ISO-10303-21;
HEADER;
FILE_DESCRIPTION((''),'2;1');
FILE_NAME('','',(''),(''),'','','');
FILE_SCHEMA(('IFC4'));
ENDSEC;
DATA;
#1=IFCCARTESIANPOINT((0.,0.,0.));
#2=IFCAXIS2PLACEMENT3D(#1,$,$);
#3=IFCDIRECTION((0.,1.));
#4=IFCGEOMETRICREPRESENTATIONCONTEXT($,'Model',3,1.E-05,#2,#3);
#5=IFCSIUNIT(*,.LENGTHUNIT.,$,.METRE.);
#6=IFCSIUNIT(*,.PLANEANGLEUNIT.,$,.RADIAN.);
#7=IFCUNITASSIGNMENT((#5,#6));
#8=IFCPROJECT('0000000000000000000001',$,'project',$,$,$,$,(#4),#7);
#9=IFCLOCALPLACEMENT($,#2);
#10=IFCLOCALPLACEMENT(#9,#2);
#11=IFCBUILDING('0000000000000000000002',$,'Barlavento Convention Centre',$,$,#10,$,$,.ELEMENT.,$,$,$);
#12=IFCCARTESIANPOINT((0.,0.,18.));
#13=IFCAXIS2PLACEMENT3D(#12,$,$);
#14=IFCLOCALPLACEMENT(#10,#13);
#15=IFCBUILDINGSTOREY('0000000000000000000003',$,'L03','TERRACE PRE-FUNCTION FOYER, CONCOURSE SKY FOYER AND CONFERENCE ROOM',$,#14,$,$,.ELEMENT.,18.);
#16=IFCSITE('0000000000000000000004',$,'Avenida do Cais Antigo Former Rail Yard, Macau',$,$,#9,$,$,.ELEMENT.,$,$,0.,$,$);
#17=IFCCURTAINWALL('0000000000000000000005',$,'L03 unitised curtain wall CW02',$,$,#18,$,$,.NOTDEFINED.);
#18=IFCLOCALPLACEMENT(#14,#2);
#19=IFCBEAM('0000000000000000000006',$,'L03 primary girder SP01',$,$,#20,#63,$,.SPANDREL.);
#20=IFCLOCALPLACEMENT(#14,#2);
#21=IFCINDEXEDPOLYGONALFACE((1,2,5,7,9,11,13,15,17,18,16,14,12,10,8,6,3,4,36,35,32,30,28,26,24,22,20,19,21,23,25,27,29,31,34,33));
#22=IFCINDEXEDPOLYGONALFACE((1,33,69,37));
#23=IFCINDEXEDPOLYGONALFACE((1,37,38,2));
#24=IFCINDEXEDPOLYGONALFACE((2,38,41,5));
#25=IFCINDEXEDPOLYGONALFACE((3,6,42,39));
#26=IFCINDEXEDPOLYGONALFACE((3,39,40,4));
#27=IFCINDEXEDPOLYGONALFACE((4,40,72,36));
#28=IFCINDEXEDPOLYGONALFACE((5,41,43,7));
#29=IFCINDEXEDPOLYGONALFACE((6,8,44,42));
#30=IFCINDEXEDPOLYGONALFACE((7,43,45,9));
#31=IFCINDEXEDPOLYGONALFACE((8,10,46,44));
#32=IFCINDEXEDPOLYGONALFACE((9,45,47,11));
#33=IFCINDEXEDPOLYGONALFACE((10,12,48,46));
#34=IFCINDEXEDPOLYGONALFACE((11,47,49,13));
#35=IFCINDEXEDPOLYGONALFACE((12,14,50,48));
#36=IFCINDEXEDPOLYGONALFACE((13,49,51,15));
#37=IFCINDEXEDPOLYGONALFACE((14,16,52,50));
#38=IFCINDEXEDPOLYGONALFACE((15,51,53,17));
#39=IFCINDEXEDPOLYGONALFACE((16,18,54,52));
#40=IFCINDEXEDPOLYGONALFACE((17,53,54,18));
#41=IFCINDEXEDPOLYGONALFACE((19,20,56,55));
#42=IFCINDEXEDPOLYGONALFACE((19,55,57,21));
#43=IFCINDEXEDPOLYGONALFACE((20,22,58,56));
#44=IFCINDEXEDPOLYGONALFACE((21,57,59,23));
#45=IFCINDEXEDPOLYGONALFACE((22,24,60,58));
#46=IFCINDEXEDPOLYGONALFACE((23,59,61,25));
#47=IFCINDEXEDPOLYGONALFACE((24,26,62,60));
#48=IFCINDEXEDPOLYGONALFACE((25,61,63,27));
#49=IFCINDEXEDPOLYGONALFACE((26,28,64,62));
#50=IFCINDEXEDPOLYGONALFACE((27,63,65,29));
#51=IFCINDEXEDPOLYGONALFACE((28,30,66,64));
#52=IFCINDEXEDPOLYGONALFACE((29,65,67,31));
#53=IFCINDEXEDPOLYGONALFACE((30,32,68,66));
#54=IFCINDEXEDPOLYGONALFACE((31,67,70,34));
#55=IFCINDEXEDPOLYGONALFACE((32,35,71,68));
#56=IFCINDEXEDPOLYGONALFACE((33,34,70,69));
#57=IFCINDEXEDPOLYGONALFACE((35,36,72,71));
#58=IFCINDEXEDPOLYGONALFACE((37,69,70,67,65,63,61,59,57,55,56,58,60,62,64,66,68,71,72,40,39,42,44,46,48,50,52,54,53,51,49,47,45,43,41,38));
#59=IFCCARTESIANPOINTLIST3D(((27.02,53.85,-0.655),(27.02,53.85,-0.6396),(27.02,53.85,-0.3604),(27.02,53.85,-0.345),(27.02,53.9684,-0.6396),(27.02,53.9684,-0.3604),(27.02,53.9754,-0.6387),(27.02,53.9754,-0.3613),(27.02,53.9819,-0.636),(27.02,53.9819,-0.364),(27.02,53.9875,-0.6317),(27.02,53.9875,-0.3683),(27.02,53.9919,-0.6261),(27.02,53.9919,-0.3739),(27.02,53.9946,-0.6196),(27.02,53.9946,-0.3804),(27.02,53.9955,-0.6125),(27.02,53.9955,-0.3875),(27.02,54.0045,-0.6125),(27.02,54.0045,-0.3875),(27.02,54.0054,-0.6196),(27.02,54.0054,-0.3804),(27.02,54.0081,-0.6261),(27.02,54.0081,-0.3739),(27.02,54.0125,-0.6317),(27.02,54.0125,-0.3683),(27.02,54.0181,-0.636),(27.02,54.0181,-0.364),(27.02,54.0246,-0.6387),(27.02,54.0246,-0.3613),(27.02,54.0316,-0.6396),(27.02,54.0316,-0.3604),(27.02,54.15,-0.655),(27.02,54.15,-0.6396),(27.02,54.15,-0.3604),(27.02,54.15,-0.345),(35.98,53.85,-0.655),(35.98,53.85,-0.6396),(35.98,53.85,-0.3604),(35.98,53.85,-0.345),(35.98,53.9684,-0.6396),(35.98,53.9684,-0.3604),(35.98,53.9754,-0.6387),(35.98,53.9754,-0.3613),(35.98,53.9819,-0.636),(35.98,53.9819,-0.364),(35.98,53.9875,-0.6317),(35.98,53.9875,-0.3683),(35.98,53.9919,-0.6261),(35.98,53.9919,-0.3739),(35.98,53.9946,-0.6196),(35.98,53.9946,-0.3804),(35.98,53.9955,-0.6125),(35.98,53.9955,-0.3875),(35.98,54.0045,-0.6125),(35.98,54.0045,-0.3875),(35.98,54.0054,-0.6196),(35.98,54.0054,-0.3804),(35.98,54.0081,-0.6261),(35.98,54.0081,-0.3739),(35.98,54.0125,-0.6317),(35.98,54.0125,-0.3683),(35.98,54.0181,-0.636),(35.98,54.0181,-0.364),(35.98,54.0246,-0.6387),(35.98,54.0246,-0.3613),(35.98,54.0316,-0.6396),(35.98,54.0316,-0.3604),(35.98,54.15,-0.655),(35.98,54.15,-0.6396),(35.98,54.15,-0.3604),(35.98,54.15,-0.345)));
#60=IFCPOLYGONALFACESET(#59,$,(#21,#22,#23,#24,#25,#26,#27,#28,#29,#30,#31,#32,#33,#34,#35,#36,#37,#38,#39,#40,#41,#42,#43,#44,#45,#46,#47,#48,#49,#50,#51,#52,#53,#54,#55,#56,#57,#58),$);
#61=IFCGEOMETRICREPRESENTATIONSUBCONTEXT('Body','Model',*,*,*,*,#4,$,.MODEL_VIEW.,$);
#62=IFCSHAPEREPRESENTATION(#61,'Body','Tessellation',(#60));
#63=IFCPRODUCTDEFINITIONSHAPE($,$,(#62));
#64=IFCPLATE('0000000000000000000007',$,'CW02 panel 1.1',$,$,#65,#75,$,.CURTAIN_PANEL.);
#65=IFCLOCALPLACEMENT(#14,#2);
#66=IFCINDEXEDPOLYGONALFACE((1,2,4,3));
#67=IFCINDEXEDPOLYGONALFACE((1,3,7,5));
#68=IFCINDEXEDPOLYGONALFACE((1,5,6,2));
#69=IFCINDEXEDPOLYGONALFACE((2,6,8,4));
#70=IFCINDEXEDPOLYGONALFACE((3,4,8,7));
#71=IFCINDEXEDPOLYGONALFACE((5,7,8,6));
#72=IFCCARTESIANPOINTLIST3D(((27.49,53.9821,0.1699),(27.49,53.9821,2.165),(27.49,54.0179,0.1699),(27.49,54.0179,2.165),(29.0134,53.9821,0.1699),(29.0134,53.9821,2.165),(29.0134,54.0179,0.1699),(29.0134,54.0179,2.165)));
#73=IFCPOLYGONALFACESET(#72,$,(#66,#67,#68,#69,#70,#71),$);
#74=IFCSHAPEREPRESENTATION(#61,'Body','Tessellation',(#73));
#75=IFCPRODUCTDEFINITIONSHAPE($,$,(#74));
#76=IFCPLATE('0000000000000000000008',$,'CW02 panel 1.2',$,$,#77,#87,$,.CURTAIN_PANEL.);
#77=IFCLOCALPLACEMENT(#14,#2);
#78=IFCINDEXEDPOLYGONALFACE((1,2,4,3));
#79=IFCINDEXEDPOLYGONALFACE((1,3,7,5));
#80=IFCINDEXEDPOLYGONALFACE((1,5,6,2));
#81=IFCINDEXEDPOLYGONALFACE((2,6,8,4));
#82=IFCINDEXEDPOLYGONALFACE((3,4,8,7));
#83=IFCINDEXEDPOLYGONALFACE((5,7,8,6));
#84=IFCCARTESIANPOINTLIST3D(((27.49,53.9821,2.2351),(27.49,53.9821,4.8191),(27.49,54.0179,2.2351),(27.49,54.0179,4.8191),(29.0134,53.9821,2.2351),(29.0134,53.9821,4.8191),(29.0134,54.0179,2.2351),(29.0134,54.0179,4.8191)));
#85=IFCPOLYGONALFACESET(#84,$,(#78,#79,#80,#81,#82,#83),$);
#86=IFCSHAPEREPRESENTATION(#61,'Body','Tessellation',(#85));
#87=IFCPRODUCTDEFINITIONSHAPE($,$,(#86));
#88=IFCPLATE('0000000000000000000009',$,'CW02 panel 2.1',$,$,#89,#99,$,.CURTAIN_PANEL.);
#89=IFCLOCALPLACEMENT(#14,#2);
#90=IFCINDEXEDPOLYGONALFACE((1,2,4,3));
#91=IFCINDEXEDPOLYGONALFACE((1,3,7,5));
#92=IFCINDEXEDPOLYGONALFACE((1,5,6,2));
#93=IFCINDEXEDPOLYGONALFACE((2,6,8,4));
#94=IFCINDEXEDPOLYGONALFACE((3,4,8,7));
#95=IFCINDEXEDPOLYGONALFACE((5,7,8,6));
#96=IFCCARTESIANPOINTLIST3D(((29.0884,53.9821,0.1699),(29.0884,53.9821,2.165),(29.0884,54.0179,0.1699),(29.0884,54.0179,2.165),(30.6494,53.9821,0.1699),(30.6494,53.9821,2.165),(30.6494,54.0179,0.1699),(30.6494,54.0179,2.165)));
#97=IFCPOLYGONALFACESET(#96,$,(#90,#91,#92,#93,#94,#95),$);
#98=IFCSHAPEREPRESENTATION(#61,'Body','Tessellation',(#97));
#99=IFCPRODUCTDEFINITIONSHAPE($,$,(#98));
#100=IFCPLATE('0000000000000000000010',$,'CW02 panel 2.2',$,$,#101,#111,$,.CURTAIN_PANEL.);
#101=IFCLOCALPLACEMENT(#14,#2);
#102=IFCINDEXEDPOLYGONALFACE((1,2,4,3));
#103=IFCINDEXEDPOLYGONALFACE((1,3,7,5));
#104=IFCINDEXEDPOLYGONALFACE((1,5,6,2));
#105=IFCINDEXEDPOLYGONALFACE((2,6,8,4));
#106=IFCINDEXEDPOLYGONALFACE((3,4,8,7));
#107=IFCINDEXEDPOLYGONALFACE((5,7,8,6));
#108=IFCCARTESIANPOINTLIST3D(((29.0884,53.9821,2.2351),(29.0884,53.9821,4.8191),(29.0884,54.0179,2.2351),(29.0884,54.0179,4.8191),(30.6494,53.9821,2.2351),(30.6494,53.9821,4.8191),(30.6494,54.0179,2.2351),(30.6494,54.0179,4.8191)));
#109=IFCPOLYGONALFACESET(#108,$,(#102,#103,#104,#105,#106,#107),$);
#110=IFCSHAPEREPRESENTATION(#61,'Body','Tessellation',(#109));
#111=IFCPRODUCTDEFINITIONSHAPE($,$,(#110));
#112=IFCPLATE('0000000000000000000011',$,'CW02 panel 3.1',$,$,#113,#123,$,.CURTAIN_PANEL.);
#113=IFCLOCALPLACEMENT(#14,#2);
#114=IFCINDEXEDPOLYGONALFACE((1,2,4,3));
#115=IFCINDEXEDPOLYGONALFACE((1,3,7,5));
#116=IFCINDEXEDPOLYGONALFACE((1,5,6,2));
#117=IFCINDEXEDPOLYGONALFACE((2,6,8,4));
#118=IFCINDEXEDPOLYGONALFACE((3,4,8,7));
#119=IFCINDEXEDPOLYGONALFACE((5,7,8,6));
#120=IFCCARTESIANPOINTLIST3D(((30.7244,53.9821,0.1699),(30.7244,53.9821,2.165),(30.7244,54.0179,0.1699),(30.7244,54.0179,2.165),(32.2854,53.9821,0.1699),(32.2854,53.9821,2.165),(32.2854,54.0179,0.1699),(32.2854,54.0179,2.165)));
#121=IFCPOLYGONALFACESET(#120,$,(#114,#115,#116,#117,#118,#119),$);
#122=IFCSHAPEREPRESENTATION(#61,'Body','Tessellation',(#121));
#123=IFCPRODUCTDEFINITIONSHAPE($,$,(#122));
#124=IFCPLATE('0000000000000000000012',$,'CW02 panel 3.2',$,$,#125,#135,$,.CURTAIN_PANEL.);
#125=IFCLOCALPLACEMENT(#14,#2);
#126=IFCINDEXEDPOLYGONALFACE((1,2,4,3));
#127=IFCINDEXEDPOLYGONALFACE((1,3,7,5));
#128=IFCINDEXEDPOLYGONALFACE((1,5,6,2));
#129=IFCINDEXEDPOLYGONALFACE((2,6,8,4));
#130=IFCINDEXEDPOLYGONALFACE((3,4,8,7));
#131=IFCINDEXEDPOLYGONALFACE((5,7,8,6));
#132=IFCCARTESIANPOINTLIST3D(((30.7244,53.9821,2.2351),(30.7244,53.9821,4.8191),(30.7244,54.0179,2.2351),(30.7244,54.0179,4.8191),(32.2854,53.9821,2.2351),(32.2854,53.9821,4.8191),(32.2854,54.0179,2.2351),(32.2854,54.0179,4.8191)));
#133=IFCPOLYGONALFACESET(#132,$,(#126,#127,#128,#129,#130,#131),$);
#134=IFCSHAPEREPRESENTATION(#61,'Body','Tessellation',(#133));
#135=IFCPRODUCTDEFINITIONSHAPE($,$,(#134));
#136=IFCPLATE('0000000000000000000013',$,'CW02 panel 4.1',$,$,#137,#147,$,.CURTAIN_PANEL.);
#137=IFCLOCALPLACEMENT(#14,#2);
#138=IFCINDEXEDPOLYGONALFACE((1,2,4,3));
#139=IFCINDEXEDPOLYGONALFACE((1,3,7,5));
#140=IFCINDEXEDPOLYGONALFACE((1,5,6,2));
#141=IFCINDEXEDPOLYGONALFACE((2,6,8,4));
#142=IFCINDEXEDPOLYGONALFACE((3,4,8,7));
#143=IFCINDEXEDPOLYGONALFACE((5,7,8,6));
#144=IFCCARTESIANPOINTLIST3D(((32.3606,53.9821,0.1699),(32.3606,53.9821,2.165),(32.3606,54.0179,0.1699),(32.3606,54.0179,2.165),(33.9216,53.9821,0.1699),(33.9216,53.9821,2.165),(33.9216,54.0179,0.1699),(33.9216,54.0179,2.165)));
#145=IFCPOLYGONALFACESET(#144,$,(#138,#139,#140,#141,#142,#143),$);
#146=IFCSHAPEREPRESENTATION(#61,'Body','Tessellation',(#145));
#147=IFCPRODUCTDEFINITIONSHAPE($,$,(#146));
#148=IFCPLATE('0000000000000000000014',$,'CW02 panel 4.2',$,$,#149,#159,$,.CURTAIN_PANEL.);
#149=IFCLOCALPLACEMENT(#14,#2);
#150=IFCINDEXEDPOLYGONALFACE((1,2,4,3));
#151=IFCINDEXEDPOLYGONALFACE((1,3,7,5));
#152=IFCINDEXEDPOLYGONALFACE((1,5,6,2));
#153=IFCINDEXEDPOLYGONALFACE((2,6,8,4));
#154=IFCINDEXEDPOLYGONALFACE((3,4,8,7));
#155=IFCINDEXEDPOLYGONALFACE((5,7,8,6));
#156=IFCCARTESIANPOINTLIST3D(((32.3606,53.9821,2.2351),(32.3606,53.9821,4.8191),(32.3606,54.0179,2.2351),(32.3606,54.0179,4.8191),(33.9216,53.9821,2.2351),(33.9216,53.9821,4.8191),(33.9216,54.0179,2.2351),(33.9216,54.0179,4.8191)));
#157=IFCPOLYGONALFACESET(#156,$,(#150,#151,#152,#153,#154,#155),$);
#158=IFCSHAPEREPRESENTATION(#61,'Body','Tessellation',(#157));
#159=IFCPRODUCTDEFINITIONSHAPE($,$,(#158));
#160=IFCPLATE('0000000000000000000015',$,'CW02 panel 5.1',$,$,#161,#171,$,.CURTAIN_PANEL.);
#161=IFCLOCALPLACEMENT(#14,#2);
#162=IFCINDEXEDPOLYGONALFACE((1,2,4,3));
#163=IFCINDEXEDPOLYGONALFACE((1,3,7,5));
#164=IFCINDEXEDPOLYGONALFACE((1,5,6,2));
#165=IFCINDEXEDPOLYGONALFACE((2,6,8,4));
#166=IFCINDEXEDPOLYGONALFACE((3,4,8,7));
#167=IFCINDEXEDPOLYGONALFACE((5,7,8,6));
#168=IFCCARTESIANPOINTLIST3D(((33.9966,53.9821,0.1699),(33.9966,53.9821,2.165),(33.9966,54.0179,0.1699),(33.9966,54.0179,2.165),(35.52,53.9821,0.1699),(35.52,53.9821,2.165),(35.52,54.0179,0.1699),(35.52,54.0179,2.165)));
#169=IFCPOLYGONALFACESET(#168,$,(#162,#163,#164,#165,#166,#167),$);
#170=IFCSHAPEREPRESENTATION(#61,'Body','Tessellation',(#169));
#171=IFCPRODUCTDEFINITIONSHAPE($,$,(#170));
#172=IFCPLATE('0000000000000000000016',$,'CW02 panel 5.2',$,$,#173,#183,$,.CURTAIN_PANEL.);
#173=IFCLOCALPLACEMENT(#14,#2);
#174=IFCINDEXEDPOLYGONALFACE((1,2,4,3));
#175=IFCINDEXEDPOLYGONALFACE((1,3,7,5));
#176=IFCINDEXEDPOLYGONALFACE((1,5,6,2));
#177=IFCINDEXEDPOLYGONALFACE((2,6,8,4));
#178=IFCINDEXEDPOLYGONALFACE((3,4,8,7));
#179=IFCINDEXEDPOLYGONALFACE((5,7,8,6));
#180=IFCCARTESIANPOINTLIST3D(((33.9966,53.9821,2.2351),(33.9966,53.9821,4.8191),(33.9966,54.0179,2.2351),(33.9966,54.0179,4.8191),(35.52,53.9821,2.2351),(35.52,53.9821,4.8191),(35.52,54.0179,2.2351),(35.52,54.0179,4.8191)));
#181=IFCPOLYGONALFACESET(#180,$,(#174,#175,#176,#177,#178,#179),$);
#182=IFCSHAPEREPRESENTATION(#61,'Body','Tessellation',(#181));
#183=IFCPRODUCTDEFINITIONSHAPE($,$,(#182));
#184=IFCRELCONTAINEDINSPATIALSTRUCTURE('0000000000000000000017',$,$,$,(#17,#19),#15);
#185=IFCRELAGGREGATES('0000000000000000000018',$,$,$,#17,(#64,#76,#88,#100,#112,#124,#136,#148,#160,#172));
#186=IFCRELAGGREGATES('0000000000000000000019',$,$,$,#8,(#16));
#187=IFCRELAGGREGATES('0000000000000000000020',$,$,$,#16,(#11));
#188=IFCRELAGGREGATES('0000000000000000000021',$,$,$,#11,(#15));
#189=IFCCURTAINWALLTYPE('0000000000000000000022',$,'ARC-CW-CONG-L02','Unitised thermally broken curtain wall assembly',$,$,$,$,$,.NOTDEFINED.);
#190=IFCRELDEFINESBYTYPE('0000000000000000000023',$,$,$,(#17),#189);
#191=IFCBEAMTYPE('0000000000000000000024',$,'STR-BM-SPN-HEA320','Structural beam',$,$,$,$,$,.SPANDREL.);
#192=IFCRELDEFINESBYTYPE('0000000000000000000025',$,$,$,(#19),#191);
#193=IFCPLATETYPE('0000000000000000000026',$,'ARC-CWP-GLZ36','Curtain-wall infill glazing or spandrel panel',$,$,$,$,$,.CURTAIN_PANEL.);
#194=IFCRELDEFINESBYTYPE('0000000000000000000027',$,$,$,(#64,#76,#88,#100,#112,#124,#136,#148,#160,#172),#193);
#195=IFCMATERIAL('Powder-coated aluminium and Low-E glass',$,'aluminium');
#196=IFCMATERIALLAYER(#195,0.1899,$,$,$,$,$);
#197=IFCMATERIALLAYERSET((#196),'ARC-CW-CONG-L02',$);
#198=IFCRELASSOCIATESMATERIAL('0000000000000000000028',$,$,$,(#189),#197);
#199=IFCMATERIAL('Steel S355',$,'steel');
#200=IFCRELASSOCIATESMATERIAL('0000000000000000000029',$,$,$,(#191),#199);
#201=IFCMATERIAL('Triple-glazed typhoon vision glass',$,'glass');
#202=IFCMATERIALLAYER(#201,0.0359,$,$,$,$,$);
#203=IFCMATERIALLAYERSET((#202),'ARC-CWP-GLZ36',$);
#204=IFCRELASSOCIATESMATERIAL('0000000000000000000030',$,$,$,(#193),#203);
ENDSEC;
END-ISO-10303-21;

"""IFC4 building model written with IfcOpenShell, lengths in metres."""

from ifc_helpers import new_model, si_unit, direction, frame, origin, origin_2d, place, context, subcontext, project, spatial, rectangle, i_section, extrude, material, layer, layer_set, material_profile, profile_set, type_object, element, aggregate, save


model = new_model("IFC4")

# Units and contexts
model_context = context("Model", 3, precision=1e-05, world=origin(), true_north=direction((0.0, 1.0)))
body_context = subcontext(model_context, "Body", "Model", "MODEL_VIEW")
ifc_project = project(units=[si_unit("LENGTHUNIT", "METRE"), si_unit("PLANEANGLEUNIT", "RADIAN")], contexts=[model_context])

# Site, building, storey
site_placement = place(None, origin())
site = spatial("IfcSite", under=ifc_project, at=site_placement, Name="Avenida do Cais Antigo Former Rail Yard, Macau", CompositionType="ELEMENT", RefElevation=0.0)
building_placement = place(site_placement, origin())
building = spatial("IfcBuilding", under=site, at=building_placement, Name="Barlavento Convention Centre", CompositionType="ELEMENT")
storey_placement = place(building_placement, frame((0.0, 0.0, 18.0)))
storey = spatial("IfcBuildingStorey", under=building, at=storey_placement, Name="L03", Description="TERRACE PRE-FUNCTION FOYER, CONCOURSE SKY FOYER AND CONFERENCE ROOM", CompositionType="ELEMENT", Elevation=18.0)

# Curtain wall
ifc_material_1 = material(Name="Powder-coated aluminium and Low-E glass", Category="aluminium")
ifc_layer_1 = layer(ifc_material_1, 0.1899)
ifc_layer_set_1 = layer_set([ifc_layer_1], Name="ARC-CW-CONG-L02")
curtain_wall_type = type_object("IfcCurtainWallType", Name="ARC-CW-CONG-L02", Description="Unitised thermally broken curtain wall assembly", PredefinedType="NOTDEFINED", material=ifc_layer_set_1)
curtain_wall_placement = place(storey_placement, origin())
curtain_wall = element("IfcCurtainWall", 1, at=curtain_wall_placement, inside=storey, type_object=curtain_wall_type, Name="L03 unitised curtain wall CW02", PredefinedType="NOTDEFINED")

# Beam
ifc_material_2 = material(Name="Steel S355", Category="steel")
ifc_material_profile_1 = material_profile(ifc_material_2, i_section(OverallWidth=0.3, OverallDepth=0.3101, WebThickness=0.009, FlangeThickness=0.0154, FilletRadius=0.0271, at=origin_2d()), Name="HEA 320")
ifc_profile_set_1 = profile_set([ifc_material_profile_1], Name="Steel S355")
beam_type = type_object("IfcBeamType", Name="STR-BM-SPN-HEA320", Description="Structural beam", PredefinedType="SPANDREL", material=ifc_profile_set_1)
beam_placement = place(storey_placement, frame((27.02, 54.0, -0.5), z_axis=(1.0, 0.0, 0.0), x_axis=(0.0, 1.0, 0.0)))
element("IfcBeam", 2, at=beam_placement, inside=storey, type_object=beam_type, Name="L03 primary girder SP01", PredefinedType="SPANDREL", context=body_context, shape_type="SweptSolid", body=[
    extrude(i_section(OverallWidth=0.3, OverallDepth=0.3101, WebThickness=0.009, FlangeThickness=0.0154, FilletRadius=0.0271, at=origin_2d()), origin(), (0.0, 0.0, 1.0), 8.96),
])

# Plates
ifc_material_3 = material(Name="Triple-glazed typhoon vision glass", Category="glass")
ifc_layer_2 = layer(ifc_material_3, 0.0359)
ifc_layer_set_2 = layer_set([ifc_layer_2], Name="ARC-CWP-GLZ36")
plate_type = type_object("IfcPlateType", Name="ARC-CWP-GLZ36", Description="Curtain-wall infill glazing or spandrel panel", PredefinedType="CURTAIN_PANEL", material=ifc_layer_set_2)
plate_1_placement = place(storey_placement, frame((28.2517, 54.0, 0.1699), z_axis=(0.0, 0.0, 1.0), x_axis=(1.0, 0.0, 0.0)))
plate_1 = element("IfcPlate", 3, at=plate_1_placement, type_object=plate_type, Name="CW02 panel 1.1", PredefinedType="CURTAIN_PANEL", context=body_context, shape_type="SweptSolid", body=[
    extrude(rectangle(XDim=1.5234, YDim=0.0359, at=origin_2d()), origin(), (0.0, 0.0, 1.0), 1.9951),
])
plate_2_placement = place(storey_placement, frame((28.2517, 54.0, 2.2351), z_axis=(0.0, 0.0, 1.0), x_axis=(1.0, 0.0, 0.0)))
plate_2 = element("IfcPlate", 4, at=plate_2_placement, type_object=plate_type, Name="CW02 panel 1.2", PredefinedType="CURTAIN_PANEL", context=body_context, shape_type="SweptSolid", body=[
    extrude(rectangle(XDim=1.5234, YDim=0.0359, at=origin_2d()), origin(), (0.0, 0.0, 1.0), 2.584),
])
plate_3_placement = place(storey_placement, frame((29.8689, 54.0, 0.1699), z_axis=(0.0, 0.0, 1.0), x_axis=(1.0, 0.0, 0.0)))
plate_3 = element("IfcPlate", 5, at=plate_3_placement, type_object=plate_type, Name="CW02 panel 2.1", PredefinedType="CURTAIN_PANEL", context=body_context, shape_type="SweptSolid", body=[
    extrude(rectangle(XDim=1.561, YDim=0.0359, at=origin_2d()), origin(), (0.0, 0.0, 1.0), 1.9951),
])
plate_4_placement = place(storey_placement, frame((29.8689, 54.0, 2.2351), z_axis=(0.0, 0.0, 1.0), x_axis=(1.0, 0.0, 0.0)))
plate_4 = element("IfcPlate", 6, at=plate_4_placement, type_object=plate_type, Name="CW02 panel 2.2", PredefinedType="CURTAIN_PANEL", context=body_context, shape_type="SweptSolid", body=[
    extrude(rectangle(XDim=1.561, YDim=0.0359, at=origin_2d()), origin(), (0.0, 0.0, 1.0), 2.584),
])
plate_5_placement = place(storey_placement, frame((31.5049, 54.0, 0.1699), z_axis=(0.0, 0.0, 1.0), x_axis=(1.0, 0.0, 0.0)))
plate_5 = element("IfcPlate", 7, at=plate_5_placement, type_object=plate_type, Name="CW02 panel 3.1", PredefinedType="CURTAIN_PANEL", context=body_context, shape_type="SweptSolid", body=[
    extrude(rectangle(XDim=1.561, YDim=0.0359, at=origin_2d()), origin(), (0.0, 0.0, 1.0), 1.9951),
])
plate_6_placement = place(storey_placement, frame((31.5049, 54.0, 2.2351), z_axis=(0.0, 0.0, 1.0), x_axis=(1.0, 0.0, 0.0)))
plate_6 = element("IfcPlate", 8, at=plate_6_placement, type_object=plate_type, Name="CW02 panel 3.2", PredefinedType="CURTAIN_PANEL", context=body_context, shape_type="SweptSolid", body=[
    extrude(rectangle(XDim=1.561, YDim=0.0359, at=origin_2d()), origin(), (0.0, 0.0, 1.0), 2.584),
])
plate_7_placement = place(storey_placement, frame((33.1411, 54.0, 0.1699), z_axis=(0.0, 0.0, 1.0), x_axis=(1.0, 0.0, 0.0)))
plate_7 = element("IfcPlate", 9, at=plate_7_placement, type_object=plate_type, Name="CW02 panel 4.1", PredefinedType="CURTAIN_PANEL", context=body_context, shape_type="SweptSolid", body=[
    extrude(rectangle(XDim=1.561, YDim=0.0359, at=origin_2d()), origin(), (0.0, 0.0, 1.0), 1.9951),
])
plate_8_placement = place(storey_placement, frame((33.1411, 54.0, 2.2351), z_axis=(0.0, 0.0, 1.0), x_axis=(1.0, 0.0, 0.0)))
plate_8 = element("IfcPlate", 10, at=plate_8_placement, type_object=plate_type, Name="CW02 panel 4.2", PredefinedType="CURTAIN_PANEL", context=body_context, shape_type="SweptSolid", body=[
    extrude(rectangle(XDim=1.561, YDim=0.0359, at=origin_2d()), origin(), (0.0, 0.0, 1.0), 2.584),
])
plate_9_placement = place(storey_placement, frame((34.7583, 54.0, 0.1699), z_axis=(0.0, 0.0, 1.0), x_axis=(1.0, 0.0, 0.0)))
plate_9 = element("IfcPlate", 11, at=plate_9_placement, type_object=plate_type, Name="CW02 panel 5.1", PredefinedType="CURTAIN_PANEL", context=body_context, shape_type="SweptSolid", body=[
    extrude(rectangle(XDim=1.5234, YDim=0.0359, at=origin_2d()), origin(), (0.0, 0.0, 1.0), 1.9951),
])
plate_10_placement = place(storey_placement, frame((34.7583, 54.0, 2.2351), z_axis=(0.0, 0.0, 1.0), x_axis=(1.0, 0.0, 0.0)))
plate_10 = element("IfcPlate", 12, at=plate_10_placement, type_object=plate_type, Name="CW02 panel 5.2", PredefinedType="CURTAIN_PANEL", context=body_context, shape_type="SweptSolid", body=[
    extrude(rectangle(XDim=1.5234, YDim=0.0359, at=origin_2d()), origin(), (0.0, 0.0, 1.0), 2.584),
])
aggregate(curtain_wall, [plate_1, plate_2, plate_3, plate_4, plate_5, plate_6, plate_7, plate_8, plate_9, plate_10])

save(model, "model.ifc")
